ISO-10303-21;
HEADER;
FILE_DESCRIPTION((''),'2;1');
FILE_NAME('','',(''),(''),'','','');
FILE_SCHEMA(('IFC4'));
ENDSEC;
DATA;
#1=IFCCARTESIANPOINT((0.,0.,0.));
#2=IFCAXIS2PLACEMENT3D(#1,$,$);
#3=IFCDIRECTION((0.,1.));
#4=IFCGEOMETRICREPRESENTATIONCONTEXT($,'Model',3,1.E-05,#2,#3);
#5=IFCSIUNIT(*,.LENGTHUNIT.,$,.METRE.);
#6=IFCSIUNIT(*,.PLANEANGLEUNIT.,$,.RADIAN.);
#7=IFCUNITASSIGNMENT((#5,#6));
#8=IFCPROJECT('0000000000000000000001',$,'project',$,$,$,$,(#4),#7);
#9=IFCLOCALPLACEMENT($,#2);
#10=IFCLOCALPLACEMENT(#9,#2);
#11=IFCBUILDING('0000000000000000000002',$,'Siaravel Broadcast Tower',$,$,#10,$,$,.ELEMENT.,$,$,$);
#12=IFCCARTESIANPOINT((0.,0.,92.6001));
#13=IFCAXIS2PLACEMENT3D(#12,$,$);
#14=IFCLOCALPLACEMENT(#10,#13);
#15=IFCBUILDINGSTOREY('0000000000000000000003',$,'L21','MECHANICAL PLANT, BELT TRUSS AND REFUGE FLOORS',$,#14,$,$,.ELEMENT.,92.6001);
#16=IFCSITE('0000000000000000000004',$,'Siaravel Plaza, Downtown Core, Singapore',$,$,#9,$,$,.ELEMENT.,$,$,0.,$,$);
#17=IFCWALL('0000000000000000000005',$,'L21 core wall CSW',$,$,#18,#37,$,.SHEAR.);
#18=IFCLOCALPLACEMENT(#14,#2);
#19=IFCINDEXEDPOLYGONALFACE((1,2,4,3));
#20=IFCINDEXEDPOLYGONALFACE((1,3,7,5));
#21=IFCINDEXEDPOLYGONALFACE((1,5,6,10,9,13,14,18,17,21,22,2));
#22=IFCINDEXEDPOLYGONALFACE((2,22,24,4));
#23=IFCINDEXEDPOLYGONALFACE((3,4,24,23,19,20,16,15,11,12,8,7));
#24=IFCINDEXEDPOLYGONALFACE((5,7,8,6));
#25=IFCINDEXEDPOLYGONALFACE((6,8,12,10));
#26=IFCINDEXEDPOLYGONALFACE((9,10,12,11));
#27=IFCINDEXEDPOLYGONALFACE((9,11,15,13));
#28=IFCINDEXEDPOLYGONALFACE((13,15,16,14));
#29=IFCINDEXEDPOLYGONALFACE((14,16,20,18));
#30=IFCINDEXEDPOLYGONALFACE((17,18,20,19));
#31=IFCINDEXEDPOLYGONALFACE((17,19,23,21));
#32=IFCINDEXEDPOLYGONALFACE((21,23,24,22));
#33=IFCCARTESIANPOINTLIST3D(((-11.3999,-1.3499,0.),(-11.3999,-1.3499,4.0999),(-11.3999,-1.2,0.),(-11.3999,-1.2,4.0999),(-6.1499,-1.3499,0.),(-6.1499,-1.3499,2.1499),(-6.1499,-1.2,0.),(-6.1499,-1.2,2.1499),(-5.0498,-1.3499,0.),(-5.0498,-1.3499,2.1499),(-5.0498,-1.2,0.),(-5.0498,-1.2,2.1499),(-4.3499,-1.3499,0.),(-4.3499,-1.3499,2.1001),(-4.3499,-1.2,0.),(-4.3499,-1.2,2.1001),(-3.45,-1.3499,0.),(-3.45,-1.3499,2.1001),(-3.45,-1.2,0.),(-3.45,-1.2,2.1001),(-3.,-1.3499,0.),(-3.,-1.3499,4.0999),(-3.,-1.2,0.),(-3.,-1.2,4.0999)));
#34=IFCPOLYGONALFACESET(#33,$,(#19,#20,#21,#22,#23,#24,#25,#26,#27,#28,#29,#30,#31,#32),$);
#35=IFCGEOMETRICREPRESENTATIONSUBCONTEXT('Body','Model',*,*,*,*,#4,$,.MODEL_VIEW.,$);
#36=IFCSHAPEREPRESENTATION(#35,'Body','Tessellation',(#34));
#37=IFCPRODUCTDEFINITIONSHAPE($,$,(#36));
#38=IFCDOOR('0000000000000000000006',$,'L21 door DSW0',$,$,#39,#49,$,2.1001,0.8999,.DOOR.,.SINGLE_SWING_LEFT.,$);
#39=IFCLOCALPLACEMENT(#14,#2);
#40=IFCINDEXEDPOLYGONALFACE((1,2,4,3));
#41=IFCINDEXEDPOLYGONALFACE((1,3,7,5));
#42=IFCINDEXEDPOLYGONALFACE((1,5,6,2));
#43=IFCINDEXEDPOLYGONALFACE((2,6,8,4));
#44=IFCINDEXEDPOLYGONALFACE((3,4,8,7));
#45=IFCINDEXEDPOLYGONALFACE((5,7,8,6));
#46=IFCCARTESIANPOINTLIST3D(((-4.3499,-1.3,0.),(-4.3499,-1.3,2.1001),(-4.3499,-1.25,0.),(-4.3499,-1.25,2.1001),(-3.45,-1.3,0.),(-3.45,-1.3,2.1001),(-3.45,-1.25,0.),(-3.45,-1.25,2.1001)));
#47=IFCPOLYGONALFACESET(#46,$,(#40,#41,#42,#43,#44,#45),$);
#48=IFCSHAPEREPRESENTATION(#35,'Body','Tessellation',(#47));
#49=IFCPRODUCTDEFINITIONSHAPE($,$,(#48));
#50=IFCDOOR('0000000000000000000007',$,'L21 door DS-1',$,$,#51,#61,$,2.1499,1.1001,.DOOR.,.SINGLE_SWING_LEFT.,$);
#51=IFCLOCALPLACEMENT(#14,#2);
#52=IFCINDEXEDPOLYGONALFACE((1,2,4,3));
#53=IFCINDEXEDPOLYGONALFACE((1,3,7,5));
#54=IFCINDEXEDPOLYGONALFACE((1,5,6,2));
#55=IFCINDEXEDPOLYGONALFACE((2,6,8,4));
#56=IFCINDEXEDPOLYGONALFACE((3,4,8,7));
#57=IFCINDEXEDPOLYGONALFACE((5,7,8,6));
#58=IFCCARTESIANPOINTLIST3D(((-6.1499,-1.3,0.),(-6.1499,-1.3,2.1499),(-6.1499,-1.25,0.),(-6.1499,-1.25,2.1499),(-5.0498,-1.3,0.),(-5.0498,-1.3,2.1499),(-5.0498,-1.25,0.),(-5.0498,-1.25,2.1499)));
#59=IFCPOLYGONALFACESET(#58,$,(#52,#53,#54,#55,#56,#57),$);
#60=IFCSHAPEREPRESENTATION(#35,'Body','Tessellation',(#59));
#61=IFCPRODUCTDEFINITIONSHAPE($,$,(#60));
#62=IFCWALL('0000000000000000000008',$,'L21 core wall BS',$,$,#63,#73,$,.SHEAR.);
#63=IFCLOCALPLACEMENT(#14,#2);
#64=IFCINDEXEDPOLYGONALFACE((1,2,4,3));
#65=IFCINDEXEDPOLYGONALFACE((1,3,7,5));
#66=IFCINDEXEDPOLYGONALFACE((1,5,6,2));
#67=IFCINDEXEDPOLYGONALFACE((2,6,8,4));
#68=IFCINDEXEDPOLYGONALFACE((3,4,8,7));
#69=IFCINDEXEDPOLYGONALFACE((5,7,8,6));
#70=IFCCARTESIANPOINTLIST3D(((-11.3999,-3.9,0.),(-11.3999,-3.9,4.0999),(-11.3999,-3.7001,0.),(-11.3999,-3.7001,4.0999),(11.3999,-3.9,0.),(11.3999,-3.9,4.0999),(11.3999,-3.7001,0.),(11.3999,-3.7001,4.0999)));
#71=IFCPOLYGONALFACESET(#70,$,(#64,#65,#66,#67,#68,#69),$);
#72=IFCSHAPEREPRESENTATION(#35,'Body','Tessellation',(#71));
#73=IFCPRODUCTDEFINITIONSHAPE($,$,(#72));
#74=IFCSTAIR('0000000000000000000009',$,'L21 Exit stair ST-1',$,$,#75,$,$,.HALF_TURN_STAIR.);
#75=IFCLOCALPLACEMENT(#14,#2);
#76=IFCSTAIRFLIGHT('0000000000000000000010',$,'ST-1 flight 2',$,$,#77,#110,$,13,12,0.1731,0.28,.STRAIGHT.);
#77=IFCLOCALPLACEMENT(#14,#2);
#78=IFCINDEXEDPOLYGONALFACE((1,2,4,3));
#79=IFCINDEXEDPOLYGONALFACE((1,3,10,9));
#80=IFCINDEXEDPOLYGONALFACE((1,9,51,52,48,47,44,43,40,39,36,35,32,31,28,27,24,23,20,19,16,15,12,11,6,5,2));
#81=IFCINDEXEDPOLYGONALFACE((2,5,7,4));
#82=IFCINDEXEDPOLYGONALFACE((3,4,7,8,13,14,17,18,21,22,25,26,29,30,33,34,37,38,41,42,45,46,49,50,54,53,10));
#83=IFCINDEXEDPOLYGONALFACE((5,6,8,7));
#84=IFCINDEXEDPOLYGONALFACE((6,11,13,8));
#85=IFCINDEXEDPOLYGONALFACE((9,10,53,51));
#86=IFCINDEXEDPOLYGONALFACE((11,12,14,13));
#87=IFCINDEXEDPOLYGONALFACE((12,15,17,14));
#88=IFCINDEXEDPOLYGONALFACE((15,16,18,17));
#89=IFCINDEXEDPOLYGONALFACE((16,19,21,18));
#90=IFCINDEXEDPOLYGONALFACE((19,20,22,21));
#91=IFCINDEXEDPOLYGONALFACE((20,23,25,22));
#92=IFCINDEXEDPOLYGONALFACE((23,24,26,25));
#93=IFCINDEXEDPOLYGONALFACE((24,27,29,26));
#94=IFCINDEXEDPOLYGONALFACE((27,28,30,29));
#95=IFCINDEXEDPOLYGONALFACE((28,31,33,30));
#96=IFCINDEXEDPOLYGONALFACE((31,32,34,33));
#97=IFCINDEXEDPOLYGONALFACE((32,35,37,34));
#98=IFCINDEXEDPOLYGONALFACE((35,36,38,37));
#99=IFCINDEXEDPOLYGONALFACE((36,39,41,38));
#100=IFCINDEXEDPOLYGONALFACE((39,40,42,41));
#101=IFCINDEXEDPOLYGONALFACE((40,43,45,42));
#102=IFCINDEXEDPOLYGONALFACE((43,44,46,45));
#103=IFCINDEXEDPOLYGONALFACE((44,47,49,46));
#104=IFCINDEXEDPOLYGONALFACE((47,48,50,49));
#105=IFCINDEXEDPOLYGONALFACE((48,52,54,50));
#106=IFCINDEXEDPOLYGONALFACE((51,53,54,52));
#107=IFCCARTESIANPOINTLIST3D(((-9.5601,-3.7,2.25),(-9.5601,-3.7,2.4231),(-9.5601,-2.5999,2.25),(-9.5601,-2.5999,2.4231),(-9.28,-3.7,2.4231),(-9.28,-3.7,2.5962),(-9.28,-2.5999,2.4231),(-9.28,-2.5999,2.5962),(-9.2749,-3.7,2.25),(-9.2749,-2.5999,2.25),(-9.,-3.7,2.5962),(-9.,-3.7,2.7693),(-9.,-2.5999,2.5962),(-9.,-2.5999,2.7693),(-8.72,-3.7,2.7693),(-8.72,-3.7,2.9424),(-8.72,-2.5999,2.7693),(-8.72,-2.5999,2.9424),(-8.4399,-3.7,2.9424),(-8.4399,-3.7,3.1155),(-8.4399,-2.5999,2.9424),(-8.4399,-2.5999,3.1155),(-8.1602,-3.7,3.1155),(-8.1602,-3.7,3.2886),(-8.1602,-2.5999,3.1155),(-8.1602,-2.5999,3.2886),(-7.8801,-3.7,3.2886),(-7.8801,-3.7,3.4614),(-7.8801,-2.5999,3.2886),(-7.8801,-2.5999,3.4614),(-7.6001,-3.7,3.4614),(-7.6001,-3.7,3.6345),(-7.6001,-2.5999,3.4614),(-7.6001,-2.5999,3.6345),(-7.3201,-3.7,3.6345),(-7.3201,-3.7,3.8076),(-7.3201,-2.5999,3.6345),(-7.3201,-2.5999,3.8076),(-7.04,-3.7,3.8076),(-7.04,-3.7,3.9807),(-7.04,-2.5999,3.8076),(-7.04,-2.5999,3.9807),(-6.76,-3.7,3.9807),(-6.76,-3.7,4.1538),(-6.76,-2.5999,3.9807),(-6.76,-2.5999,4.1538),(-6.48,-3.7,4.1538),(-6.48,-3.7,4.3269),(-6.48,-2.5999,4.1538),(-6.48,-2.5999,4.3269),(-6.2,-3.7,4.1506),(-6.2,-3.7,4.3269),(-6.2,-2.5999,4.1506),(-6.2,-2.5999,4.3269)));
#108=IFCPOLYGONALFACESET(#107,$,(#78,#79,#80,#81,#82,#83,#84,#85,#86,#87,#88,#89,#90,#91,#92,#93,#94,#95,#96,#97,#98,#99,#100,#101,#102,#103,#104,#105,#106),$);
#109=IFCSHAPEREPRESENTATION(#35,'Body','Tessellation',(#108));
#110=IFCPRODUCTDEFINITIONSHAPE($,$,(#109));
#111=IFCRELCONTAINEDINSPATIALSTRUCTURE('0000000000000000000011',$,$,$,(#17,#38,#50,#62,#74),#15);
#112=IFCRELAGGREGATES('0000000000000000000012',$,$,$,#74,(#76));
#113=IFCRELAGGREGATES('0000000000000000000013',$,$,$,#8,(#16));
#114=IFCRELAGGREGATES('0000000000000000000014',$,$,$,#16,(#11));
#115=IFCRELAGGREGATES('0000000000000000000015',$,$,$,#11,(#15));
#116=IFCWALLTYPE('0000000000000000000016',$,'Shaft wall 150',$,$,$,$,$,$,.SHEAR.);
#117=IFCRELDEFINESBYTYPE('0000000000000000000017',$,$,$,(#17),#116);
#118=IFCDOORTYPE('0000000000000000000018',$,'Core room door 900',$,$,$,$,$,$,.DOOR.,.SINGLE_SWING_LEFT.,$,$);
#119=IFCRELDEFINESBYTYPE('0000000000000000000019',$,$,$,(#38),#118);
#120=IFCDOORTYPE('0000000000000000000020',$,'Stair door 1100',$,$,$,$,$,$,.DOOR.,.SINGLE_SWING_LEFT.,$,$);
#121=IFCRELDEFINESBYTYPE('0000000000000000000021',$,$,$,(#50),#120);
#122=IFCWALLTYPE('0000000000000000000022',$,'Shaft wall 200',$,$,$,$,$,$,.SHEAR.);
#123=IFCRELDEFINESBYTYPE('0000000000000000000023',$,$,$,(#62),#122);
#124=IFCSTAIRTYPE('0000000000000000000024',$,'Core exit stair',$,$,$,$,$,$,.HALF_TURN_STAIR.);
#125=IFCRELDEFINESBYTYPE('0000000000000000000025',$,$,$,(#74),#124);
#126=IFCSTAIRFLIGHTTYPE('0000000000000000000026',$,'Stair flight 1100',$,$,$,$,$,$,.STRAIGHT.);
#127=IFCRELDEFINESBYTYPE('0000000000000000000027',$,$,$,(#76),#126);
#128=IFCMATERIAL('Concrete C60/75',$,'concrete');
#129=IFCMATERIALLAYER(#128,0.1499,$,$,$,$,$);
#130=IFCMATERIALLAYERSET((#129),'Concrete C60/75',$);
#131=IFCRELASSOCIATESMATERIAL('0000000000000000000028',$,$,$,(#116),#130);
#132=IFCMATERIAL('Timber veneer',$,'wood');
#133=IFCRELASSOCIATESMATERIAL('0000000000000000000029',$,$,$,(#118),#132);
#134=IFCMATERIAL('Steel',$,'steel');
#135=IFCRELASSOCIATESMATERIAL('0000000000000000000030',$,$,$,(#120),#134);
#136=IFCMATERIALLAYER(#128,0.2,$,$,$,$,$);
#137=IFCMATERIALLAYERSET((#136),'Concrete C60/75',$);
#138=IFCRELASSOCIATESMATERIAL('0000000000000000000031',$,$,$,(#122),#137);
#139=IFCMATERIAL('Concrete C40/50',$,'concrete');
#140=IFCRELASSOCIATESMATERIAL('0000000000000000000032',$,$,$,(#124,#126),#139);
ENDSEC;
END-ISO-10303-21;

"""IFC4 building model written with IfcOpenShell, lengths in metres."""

from ifc_helpers import new_model, si_unit, direction, frame, frame_2d, origin, place, context, subcontext, project, spatial, polyline, rectangle, outline, extrude, material, layer, layer_set, type_object, element, fill, aggregate, save


model = new_model("IFC4")

# Units and contexts
model_context = context("Model", 3, precision=1e-05, world=origin(), true_north=direction((0.0, 1.0)))
body_context = subcontext(model_context, "Body", "Model", "MODEL_VIEW")
ifc_project = project(units=[si_unit("LENGTHUNIT", "METRE"), si_unit("PLANEANGLEUNIT", "RADIAN")], contexts=[model_context])

# Site, building, storey
site_placement = place(None, origin())
site = spatial("IfcSite", under=ifc_project, at=site_placement, Name="Siaravel Plaza, Downtown Core, Singapore", CompositionType="ELEMENT", RefElevation=0.0)
building_placement = place(site_placement, origin())
building = spatial("IfcBuilding", under=site, at=building_placement, Name="Siaravel Broadcast Tower", CompositionType="ELEMENT")
storey_placement = place(building_placement, frame((0.0, 0.0, 92.6001)))
storey = spatial("IfcBuildingStorey", under=building, at=storey_placement, Name="L21", Description="MECHANICAL PLANT, BELT TRUSS AND REFUGE FLOORS", CompositionType="ELEMENT", Elevation=92.6001)

# Wall, openings, doors
ifc_material_1 = material(Name="Concrete C60/75", Category="concrete")
ifc_layer_1 = layer(ifc_material_1, 0.1499)
ifc_layer_set_1 = layer_set([ifc_layer_1], Name="Concrete C60/75")
wall_type_1 = type_object("IfcWallType", Name="Shaft wall 150", PredefinedType="SHEAR", material=ifc_layer_set_1)
wall_1_placement = place(storey_placement, frame((-11.3999, -1.2749, 0.0), z_axis=(0.0, 0.0, 1.0), x_axis=(1.0, 0.0, 0.0)))
wall_1 = element("IfcWall", 1, at=wall_1_placement, inside=storey, type_object=wall_type_1, Name="L21 core wall CSW", PredefinedType="SHEAR", context=body_context, shape_type="SweptSolid", body=[
    extrude(rectangle(XDim=8.3999, YDim=0.1499, at=frame_2d((4.2, 0.0))), origin(), (0.0, 0.0, 1.0), 4.0999),
])
opening_1_placement = place(wall_1_placement, frame((5.25, 0.0, 0.0)))
opening_1 = element("IfcOpeningElement", 2, at=opening_1_placement, cuts=wall_1, PredefinedType="OPENING", context=body_context, shape_type="SweptSolid", body=[
    extrude(rectangle(XDim=1.1001, YDim=2.1499, at=frame_2d((0.55, 1.075))), frame((0.0, 0.085, 0.0), z_axis=(0.0, -1.0, 0.0), x_axis=(1.0, 0.0, 0.0)), (0.0, 0.0, 1.0), 0.1699),
])
opening_2_placement = place(wall_1_placement, frame((7.05, 0.0, 0.0)))
opening_2 = element("IfcOpeningElement", 3, at=opening_2_placement, cuts=wall_1, PredefinedType="OPENING", context=body_context, shape_type="SweptSolid", body=[
    extrude(rectangle(XDim=0.8999, YDim=2.1001, at=frame_2d((0.45, 1.05))), frame((0.0, 0.085, 0.0), z_axis=(0.0, -1.0, 0.0), x_axis=(1.0, 0.0, 0.0)), (0.0, 0.0, 1.0), 0.1699),
])
ifc_material_2 = material(Name="Timber veneer", Category="wood")
door_type_1 = type_object("IfcDoorType", Name="Core room door 900", OperationType="SINGLE_SWING_LEFT", PredefinedType="DOOR", material=ifc_material_2)
door_1_placement = place(opening_2_placement, origin())
door_1 = element("IfcDoor", 4, at=door_1_placement, inside=storey, type_object=door_type_1, Name="L21 door DSW0", OperationType="SINGLE_SWING_LEFT", OverallHeight=2.1001, OverallWidth=0.8999, PredefinedType="DOOR", context=body_context, shape_type="SweptSolid", body=[
    extrude(rectangle(XDim=0.8999, YDim=2.1001, at=frame_2d((0.45, 1.05))), frame((0.0, 0.0249, 0.0), z_axis=(0.0, -1.0, 0.0), x_axis=(1.0, 0.0, 0.0)), (0.0, 0.0, 1.0), 0.05),
])
fill(opening_2, door_1)
ifc_material_3 = material(Name="Steel", Category="steel")
door_type_2 = type_object("IfcDoorType", Name="Stair door 1100", OperationType="SINGLE_SWING_LEFT", PredefinedType="DOOR", material=ifc_material_3)
door_2_placement = place(opening_1_placement, origin())
door_2 = element("IfcDoor", 5, at=door_2_placement, inside=storey, type_object=door_type_2, Name="L21 door DS-1", OperationType="SINGLE_SWING_LEFT", OverallHeight=2.1499, OverallWidth=1.1001, PredefinedType="DOOR", context=body_context, shape_type="SweptSolid", body=[
    extrude(rectangle(XDim=1.1001, YDim=2.1499, at=frame_2d((0.55, 1.075))), frame((0.0, 0.0249, 0.0), z_axis=(0.0, -1.0, 0.0), x_axis=(1.0, 0.0, 0.0)), (0.0, 0.0, 1.0), 0.05),
])
fill(opening_1, door_2)

# Wall
ifc_layer_2 = layer(ifc_material_1, 0.2)
ifc_layer_set_2 = layer_set([ifc_layer_2], Name="Concrete C60/75")
wall_type_2 = type_object("IfcWallType", Name="Shaft wall 200", PredefinedType="SHEAR", material=ifc_layer_set_2)
wall_2_placement = place(storey_placement, frame((-11.3999, -3.8, 0.0), z_axis=(0.0, 0.0, 1.0), x_axis=(1.0, 0.0, 0.0)))
element("IfcWall", 6, at=wall_2_placement, inside=storey, type_object=wall_type_2, Name="L21 core wall BS", PredefinedType="SHEAR", context=body_context, shape_type="SweptSolid", body=[
    extrude(rectangle(XDim=22.7998, YDim=0.2, at=frame_2d((11.3999, 0.0))), origin(), (0.0, 0.0, 1.0), 4.0999),
])

# Stair, stair flight
ifc_material_4 = material(Name="Concrete C40/50", Category="concrete")
stair_type = type_object("IfcStairType", Name="Core exit stair", PredefinedType="HALF_TURN_STAIR", material=ifc_material_4)
stair_placement = place(storey_placement, origin())
stair = element("IfcStair", 7, at=stair_placement, inside=storey, type_object=stair_type, Name="L21 Exit stair ST-1", PredefinedType="HALF_TURN_STAIR")
stair_flight_type = type_object("IfcStairFlightType", Name="Stair flight 1100", PredefinedType="STRAIGHT", material=ifc_material_4)
stair_flight_placement = place(storey_placement, frame((-9.5601, -3.1499, 2.25), z_axis=(0.0, 0.0, 1.0), x_axis=(1.0, 0.0, 0.0)))
stair_flight = element("IfcStairFlight", 8, at=stair_flight_placement, type_object=stair_flight_type, Name="ST-1 flight 2", NumberOfRisers=13, NumberOfTreads=12, PredefinedType="STRAIGHT", RiserHeight=0.1731, TreadLength=0.28, context=body_context, shape_type="SweptSolid", body=[
    extrude(outline(polyline([(0.0, 0.0), (0.0, 0.1731), (0.28, 0.1731), (0.28, 0.3462), (0.5601, 0.3462), (0.5601, 0.5193), (0.8401, 0.5193), (0.8401, 0.6924), (1.1201, 0.6924), (1.1201, 0.8655), (1.3999, 0.8655), (1.3999, 1.0386), (1.6799, 1.0386), (1.6799, 1.2114), (1.96, 1.2114), (1.96, 1.3845), (2.24, 1.3845), (2.24, 1.5576), (2.52, 1.5576), (2.52, 1.7307), (2.8, 1.7307), (2.8, 1.9038), (3.0801, 1.9038), (3.0801, 2.0769), (3.3601, 2.0769), (3.3601, 2.25), (3.3601, 1.9006), (0.2852, 0.0), (0.0, 0.0)])), frame((0.0, 0.55, 0.0), z_axis=(0.0, -1.0, 0.0), x_axis=(1.0, 0.0, 0.0)), (0.0, 0.0, 1.0), 1.1001),
])
aggregate(stair, [stair_flight])

save(model, "model.ifc")
